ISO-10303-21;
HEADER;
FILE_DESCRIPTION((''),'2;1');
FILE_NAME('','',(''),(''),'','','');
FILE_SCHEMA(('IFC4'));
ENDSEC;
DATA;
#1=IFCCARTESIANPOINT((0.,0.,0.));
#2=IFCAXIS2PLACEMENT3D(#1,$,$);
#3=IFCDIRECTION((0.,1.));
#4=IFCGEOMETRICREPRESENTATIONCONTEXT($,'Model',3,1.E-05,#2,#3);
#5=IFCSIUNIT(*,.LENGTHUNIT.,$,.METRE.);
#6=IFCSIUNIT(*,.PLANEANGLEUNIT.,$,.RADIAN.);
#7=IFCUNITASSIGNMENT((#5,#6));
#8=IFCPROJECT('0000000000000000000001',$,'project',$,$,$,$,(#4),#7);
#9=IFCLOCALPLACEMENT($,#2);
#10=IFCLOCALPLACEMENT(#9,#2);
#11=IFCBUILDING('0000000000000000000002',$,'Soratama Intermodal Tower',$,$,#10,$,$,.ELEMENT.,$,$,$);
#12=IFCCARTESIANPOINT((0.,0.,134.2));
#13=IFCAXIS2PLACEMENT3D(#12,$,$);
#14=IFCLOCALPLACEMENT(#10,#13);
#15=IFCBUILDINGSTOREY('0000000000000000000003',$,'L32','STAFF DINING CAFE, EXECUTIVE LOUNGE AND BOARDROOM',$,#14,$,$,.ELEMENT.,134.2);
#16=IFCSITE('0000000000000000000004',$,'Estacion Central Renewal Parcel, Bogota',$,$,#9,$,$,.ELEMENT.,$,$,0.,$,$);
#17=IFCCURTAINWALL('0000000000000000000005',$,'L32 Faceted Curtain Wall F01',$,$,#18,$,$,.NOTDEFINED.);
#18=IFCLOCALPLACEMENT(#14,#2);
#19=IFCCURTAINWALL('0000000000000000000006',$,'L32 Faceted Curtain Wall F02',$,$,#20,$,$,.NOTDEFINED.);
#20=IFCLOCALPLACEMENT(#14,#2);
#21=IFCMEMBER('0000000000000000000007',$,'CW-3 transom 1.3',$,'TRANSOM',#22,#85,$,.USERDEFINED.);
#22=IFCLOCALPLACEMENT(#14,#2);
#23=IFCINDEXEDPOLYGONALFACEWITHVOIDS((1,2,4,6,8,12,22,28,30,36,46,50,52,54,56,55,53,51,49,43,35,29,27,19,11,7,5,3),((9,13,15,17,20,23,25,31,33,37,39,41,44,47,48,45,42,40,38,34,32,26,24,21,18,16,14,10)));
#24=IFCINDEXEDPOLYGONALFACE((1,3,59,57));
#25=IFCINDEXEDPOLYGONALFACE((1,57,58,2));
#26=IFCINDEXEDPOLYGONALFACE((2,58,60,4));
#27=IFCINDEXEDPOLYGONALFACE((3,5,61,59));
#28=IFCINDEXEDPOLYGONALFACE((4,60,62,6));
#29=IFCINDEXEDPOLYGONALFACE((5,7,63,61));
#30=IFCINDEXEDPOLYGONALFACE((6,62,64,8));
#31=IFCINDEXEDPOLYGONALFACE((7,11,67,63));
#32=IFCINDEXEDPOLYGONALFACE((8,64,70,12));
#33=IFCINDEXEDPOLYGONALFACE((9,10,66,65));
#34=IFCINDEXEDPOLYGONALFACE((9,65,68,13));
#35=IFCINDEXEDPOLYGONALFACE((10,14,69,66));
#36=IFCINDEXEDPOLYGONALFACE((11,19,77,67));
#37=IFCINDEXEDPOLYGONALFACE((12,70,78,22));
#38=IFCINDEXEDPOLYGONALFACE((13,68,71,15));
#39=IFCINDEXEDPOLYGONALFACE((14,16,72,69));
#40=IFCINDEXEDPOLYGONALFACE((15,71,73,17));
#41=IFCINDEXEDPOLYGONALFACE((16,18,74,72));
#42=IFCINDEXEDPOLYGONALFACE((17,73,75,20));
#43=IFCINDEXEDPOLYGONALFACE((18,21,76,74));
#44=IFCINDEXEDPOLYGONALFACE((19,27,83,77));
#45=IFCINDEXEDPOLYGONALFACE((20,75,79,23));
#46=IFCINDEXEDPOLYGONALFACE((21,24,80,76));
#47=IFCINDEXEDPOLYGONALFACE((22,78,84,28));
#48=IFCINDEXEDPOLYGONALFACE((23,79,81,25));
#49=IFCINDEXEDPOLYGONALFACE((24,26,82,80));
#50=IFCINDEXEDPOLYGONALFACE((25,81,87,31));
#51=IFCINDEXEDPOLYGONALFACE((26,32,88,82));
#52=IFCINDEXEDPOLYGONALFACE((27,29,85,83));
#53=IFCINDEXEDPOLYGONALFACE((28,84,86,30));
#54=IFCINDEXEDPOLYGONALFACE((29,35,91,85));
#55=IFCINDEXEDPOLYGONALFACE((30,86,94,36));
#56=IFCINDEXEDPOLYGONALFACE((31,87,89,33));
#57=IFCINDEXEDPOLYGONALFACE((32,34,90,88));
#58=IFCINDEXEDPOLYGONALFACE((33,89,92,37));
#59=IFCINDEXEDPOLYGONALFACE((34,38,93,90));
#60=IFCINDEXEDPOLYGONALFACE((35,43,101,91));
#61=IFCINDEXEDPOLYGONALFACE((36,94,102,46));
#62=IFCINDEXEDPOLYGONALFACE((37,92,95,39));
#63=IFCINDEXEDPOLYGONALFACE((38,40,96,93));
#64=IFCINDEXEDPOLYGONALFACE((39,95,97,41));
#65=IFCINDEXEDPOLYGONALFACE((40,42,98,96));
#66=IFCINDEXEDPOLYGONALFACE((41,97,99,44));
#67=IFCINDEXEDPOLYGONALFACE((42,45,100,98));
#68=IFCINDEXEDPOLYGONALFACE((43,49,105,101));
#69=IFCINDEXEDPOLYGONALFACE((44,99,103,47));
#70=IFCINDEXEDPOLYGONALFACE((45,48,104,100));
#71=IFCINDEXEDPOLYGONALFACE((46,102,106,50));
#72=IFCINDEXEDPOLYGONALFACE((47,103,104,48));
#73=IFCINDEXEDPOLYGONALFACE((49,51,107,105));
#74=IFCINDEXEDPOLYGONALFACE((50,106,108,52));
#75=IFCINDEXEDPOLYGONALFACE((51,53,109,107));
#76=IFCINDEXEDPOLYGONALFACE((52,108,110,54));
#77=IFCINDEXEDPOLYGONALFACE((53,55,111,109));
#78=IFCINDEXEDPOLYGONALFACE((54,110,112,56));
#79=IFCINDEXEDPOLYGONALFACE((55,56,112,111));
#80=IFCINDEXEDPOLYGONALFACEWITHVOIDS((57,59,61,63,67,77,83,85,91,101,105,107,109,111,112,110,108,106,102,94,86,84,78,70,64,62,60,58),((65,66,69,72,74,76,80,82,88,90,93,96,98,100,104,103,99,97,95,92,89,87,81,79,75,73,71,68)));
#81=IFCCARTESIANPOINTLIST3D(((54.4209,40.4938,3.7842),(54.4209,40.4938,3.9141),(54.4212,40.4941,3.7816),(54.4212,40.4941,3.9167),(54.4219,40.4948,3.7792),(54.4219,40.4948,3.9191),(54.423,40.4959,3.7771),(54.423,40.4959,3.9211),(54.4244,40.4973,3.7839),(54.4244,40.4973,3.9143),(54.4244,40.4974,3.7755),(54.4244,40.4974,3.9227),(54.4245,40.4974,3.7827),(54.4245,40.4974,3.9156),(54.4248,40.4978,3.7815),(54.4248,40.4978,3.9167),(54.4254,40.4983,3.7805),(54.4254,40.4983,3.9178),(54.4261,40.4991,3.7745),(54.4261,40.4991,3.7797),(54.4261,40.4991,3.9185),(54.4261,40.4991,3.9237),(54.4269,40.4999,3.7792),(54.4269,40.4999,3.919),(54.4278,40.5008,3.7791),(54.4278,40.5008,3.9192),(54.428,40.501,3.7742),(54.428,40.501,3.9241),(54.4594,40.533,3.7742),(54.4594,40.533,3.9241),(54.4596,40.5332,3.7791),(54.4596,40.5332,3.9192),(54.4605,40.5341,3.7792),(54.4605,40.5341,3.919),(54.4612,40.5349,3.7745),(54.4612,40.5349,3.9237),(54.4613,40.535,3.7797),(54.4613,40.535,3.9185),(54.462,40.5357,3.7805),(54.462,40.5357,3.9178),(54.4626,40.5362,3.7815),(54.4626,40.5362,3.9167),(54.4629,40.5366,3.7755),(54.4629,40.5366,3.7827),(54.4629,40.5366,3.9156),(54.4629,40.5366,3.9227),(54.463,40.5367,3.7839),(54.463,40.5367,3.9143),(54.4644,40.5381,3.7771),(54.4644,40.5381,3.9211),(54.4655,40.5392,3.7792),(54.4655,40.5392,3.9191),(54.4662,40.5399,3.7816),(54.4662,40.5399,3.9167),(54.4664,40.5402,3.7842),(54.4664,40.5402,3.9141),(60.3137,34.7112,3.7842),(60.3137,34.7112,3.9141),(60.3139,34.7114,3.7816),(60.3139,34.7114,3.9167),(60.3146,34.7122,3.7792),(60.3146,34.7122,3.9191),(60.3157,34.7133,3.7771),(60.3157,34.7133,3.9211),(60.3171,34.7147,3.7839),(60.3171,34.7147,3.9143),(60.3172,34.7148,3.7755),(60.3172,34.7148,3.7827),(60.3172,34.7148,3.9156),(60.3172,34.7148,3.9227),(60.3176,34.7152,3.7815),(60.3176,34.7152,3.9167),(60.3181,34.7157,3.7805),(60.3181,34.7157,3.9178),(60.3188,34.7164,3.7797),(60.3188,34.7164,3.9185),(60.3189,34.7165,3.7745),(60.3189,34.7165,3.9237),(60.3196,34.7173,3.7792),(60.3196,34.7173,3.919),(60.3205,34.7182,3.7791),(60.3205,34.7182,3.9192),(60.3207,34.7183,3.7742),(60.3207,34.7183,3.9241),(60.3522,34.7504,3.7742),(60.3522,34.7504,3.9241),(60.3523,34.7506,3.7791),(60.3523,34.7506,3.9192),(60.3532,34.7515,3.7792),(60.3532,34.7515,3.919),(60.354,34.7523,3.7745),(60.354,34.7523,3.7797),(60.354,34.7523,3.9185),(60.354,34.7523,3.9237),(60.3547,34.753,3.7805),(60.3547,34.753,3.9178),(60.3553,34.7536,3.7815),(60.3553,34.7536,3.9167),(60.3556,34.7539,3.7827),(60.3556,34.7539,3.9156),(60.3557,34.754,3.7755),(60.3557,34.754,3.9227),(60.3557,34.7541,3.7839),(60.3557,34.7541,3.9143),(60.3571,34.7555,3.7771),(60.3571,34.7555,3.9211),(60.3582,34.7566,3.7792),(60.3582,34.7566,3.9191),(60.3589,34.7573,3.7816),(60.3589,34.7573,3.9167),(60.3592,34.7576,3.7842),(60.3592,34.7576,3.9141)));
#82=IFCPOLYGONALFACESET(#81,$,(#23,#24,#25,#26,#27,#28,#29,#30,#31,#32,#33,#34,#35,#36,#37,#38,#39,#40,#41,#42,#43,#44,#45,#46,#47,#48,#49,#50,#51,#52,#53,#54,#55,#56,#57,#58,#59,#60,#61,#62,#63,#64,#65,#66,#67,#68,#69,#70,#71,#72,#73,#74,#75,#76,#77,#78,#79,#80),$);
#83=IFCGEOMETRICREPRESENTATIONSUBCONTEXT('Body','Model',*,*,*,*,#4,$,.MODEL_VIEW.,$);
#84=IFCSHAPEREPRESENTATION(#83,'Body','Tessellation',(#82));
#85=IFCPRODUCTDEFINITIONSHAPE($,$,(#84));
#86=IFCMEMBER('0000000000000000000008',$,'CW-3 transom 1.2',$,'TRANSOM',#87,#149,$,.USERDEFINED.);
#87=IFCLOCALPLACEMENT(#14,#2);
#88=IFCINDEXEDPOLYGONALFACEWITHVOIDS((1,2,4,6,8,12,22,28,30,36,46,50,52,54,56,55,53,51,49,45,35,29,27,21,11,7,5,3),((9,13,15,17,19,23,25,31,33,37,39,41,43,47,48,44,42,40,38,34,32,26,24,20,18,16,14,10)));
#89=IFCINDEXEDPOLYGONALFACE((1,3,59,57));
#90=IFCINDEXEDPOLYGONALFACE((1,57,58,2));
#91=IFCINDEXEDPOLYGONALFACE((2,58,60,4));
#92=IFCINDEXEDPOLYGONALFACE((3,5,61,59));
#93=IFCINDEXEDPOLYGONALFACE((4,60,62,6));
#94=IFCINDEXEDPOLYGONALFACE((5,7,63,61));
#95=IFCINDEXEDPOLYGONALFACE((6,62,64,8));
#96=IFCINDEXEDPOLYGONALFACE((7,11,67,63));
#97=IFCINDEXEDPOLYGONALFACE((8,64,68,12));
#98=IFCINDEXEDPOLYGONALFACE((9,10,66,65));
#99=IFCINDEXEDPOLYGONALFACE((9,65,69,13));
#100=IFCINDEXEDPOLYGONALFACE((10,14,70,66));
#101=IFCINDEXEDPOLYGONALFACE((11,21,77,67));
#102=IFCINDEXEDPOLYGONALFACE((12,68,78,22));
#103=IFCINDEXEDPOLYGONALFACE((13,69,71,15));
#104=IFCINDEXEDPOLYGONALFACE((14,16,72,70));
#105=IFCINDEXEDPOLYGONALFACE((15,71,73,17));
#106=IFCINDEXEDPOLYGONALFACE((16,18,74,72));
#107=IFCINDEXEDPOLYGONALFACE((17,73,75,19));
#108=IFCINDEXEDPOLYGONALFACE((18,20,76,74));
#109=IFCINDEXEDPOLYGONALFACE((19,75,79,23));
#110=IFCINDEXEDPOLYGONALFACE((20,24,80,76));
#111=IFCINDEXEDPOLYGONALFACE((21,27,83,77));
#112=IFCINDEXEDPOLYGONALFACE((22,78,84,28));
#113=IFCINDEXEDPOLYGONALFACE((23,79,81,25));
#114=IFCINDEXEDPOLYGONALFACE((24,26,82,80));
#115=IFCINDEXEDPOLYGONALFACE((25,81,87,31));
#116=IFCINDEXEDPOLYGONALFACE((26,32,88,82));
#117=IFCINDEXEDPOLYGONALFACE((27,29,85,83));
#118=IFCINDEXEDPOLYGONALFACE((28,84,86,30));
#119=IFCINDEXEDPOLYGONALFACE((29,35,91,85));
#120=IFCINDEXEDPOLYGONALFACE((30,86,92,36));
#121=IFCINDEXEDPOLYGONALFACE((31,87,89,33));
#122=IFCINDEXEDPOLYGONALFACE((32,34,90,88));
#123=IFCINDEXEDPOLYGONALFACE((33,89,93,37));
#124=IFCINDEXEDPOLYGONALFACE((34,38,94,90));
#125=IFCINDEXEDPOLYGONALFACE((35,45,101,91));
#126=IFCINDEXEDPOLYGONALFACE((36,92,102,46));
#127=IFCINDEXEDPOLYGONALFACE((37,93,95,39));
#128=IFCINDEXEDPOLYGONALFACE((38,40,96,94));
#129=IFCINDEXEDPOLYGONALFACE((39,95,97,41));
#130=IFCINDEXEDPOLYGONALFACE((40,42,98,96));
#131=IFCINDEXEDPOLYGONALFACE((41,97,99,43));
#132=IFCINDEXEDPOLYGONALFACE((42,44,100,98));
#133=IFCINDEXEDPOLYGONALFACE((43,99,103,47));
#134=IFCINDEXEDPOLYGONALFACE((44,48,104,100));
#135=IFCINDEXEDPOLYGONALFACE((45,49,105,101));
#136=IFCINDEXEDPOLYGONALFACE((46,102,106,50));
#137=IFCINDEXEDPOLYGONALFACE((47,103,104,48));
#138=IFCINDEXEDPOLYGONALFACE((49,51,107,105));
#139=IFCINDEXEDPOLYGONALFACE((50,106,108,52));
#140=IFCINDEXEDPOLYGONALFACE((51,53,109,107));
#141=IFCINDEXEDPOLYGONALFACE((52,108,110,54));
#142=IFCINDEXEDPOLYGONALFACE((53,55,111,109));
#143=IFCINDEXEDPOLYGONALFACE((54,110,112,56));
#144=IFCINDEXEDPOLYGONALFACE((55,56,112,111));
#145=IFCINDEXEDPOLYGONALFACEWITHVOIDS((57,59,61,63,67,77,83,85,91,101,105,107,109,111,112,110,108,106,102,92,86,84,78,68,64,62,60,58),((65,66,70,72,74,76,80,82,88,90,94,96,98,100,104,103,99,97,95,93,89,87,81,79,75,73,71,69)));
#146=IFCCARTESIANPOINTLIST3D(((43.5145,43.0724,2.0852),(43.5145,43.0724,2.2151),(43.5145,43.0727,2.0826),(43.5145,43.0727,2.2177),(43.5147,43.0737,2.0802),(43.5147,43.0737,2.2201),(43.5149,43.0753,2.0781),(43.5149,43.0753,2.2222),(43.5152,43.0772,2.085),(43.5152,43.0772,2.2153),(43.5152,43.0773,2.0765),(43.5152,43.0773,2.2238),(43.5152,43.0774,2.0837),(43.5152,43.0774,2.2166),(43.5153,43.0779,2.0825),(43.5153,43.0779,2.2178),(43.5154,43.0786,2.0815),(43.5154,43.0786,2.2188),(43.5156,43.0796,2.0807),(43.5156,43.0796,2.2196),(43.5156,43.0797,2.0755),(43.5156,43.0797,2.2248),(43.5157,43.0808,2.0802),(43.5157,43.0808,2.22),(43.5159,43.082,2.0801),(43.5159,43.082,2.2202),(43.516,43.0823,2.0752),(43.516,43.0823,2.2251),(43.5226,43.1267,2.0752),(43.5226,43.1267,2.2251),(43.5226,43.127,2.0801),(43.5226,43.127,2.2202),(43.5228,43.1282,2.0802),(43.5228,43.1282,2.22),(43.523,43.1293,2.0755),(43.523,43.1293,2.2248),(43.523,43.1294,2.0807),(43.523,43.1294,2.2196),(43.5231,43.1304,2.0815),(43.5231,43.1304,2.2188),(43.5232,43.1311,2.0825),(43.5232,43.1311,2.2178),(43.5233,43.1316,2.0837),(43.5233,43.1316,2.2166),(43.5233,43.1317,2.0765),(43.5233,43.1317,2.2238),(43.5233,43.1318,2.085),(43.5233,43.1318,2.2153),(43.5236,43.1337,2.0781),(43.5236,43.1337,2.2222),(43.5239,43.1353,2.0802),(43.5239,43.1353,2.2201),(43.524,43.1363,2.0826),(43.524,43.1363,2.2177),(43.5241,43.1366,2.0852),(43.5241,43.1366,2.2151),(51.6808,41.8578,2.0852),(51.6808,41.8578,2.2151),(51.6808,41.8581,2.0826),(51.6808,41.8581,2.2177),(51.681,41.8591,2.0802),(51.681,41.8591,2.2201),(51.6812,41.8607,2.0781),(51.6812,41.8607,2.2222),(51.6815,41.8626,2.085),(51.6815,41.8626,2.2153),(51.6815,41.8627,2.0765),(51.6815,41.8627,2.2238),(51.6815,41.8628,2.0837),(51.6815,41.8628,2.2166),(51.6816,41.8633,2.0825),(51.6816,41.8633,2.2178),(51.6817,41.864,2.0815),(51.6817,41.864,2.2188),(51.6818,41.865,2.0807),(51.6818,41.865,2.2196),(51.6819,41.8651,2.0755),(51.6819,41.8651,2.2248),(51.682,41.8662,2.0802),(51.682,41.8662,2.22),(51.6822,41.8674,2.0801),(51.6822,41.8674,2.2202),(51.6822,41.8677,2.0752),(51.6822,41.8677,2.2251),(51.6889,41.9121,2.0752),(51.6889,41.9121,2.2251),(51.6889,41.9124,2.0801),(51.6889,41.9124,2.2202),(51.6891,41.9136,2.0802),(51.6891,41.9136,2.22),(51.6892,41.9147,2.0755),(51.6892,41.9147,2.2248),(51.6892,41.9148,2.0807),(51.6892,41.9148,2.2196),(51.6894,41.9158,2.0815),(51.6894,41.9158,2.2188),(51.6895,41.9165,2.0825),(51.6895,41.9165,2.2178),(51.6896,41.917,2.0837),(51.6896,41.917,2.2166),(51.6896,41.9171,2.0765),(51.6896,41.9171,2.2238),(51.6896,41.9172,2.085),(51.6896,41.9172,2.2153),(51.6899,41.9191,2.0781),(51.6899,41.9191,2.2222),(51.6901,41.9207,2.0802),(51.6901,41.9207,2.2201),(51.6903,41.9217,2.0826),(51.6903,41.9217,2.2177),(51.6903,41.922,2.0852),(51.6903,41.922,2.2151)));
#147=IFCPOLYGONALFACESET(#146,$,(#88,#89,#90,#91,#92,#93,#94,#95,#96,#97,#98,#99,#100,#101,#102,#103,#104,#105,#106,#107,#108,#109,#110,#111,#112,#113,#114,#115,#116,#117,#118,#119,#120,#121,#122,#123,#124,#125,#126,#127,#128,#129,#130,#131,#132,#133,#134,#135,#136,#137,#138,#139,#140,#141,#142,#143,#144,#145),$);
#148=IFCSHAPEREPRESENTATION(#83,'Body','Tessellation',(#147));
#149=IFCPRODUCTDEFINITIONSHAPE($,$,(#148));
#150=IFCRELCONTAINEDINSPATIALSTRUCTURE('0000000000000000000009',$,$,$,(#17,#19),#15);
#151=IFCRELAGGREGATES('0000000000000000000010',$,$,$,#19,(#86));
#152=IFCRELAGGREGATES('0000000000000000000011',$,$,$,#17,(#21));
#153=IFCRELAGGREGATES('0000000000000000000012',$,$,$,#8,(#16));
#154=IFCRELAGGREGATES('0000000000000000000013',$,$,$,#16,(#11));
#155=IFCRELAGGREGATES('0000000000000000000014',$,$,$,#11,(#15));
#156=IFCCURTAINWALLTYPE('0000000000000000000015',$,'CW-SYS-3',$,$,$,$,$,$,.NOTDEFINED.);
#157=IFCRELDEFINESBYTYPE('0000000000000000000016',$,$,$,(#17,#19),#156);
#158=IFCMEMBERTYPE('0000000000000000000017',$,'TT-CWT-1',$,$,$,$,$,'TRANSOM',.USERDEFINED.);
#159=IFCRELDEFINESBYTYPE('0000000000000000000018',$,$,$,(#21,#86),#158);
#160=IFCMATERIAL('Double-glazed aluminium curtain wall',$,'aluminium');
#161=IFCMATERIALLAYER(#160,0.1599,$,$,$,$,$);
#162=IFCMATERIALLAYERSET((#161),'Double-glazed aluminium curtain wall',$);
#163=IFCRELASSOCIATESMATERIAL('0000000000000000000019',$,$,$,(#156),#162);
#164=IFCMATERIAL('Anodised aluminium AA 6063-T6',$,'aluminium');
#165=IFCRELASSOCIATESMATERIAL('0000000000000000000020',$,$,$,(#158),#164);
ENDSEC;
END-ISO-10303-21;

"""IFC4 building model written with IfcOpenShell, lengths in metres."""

from ifc_helpers import new_model, si_unit, direction, frame, origin, origin_2d, place, context, subcontext, project, spatial, hollow_rectangle, extrude, material, layer, layer_set, material_profile, profile_set, type_object, element, aggregate, save


model = new_model("IFC4")

# Units and contexts
model_context = context("Model", 3, precision=1e-05, world=origin(), true_north=direction((0.0, 1.0)))
body_context = subcontext(model_context, "Body", "Model", "MODEL_VIEW")
ifc_project = project(units=[si_unit("LENGTHUNIT", "METRE"), si_unit("PLANEANGLEUNIT", "RADIAN")], contexts=[model_context])

# Site, building, storey
site_placement = place(None, origin())
site = spatial("IfcSite", under=ifc_project, at=site_placement, Name="Estacion Central Renewal Parcel, Bogota", CompositionType="ELEMENT", RefElevation=0.0)
building_placement = place(site_placement, origin())
building = spatial("IfcBuilding", under=site, at=building_placement, Name="Soratama Intermodal Tower", CompositionType="ELEMENT")
storey_placement = place(building_placement, frame((0.0, 0.0, 134.2)))
storey = spatial("IfcBuildingStorey", under=building, at=storey_placement, Name="L32", Description="STAFF DINING CAFE, EXECUTIVE LOUNGE AND BOARDROOM", CompositionType="ELEMENT", Elevation=134.2)

# Curtain walls
ifc_material_1 = material(Name="Double-glazed aluminium curtain wall", Category="aluminium")
ifc_layer_1 = layer(ifc_material_1, 0.1599)
ifc_layer_set_1 = layer_set([ifc_layer_1], Name="Double-glazed aluminium curtain wall")
curtain_wall_type = type_object("IfcCurtainWallType", Name="CW-SYS-3", PredefinedType="NOTDEFINED", material=ifc_layer_set_1)
curtain_wall_1_placement = place(storey_placement, origin())
curtain_wall_1 = element("IfcCurtainWall", 1, at=curtain_wall_1_placement, inside=storey, type_object=curtain_wall_type, Name="L32 Faceted Curtain Wall F01", PredefinedType="NOTDEFINED")
curtain_wall_2_placement = place(storey_placement, origin())
curtain_wall_2 = element("IfcCurtainWall", 2, at=curtain_wall_2_placement, inside=storey, type_object=curtain_wall_type, Name="L32 Faceted Curtain Wall F02", PredefinedType="NOTDEFINED")

# Members
ifc_material_2 = material(Name="Anodised aluminium AA 6063-T6", Category="aluminium")
ifc_material_profile_1 = material_profile(ifc_material_2, hollow_rectangle(XDim=0.0649, YDim=0.1499, WallThickness=0.0049, InnerFilletRadius=0.0049, OuterFilletRadius=0.01, at=origin_2d()), Name="CWT150X65X5")
ifc_profile_set_1 = profile_set([ifc_material_profile_1], Name="Anodised aluminium AA 6063-T6")
member_type_1 = type_object("IfcMemberType", Name="TT-CWT-1", ElementType="TRANSOM", PredefinedType="USERDEFINED", material=ifc_profile_set_1)
member_1_placement = place(storey_placement, frame((60.3364, 34.7344, 3.8491), z_axis=(-0.713743, 0.700407, 0.0), x_axis=(-0.700407, -0.713743, 0.0)))
member_1 = element("IfcMember", 3, at=member_1_placement, type_object=member_type_1, Name="CW-3 transom 1.3", ObjectType="TRANSOM", PredefinedType="USERDEFINED", context=body_context, shape_type="SweptSolid", body=[
    extrude(hollow_rectangle(XDim=0.0649, YDim=0.1499, WallThickness=0.0049, InnerFilletRadius=0.0049, OuterFilletRadius=0.01, at=origin_2d()), origin(), (0.0, 0.0, 1.0), 8.2561),
])
member_2_placement = place(storey_placement, frame((51.6855, 41.8899, 2.1501), z_axis=(-0.989119, 0.147116, 0.0), x_axis=(-0.147116, -0.989119, 0.0)))
member_2 = element("IfcMember", 4, at=member_2_placement, type_object=member_type_1, Name="CW-3 transom 1.2", ObjectType="TRANSOM", PredefinedType="USERDEFINED", context=body_context, shape_type="SweptSolid", body=[
    extrude(hollow_rectangle(XDim=0.0649, YDim=0.1499, WallThickness=0.0049, InnerFilletRadius=0.0049, OuterFilletRadius=0.01, at=origin_2d()), origin(), (0.0, 0.0, 1.0), 8.2561),
])
aggregate(curtain_wall_2, [member_2])

aggregate(curtain_wall_1, [member_1])

save(model, "model.ifc")
